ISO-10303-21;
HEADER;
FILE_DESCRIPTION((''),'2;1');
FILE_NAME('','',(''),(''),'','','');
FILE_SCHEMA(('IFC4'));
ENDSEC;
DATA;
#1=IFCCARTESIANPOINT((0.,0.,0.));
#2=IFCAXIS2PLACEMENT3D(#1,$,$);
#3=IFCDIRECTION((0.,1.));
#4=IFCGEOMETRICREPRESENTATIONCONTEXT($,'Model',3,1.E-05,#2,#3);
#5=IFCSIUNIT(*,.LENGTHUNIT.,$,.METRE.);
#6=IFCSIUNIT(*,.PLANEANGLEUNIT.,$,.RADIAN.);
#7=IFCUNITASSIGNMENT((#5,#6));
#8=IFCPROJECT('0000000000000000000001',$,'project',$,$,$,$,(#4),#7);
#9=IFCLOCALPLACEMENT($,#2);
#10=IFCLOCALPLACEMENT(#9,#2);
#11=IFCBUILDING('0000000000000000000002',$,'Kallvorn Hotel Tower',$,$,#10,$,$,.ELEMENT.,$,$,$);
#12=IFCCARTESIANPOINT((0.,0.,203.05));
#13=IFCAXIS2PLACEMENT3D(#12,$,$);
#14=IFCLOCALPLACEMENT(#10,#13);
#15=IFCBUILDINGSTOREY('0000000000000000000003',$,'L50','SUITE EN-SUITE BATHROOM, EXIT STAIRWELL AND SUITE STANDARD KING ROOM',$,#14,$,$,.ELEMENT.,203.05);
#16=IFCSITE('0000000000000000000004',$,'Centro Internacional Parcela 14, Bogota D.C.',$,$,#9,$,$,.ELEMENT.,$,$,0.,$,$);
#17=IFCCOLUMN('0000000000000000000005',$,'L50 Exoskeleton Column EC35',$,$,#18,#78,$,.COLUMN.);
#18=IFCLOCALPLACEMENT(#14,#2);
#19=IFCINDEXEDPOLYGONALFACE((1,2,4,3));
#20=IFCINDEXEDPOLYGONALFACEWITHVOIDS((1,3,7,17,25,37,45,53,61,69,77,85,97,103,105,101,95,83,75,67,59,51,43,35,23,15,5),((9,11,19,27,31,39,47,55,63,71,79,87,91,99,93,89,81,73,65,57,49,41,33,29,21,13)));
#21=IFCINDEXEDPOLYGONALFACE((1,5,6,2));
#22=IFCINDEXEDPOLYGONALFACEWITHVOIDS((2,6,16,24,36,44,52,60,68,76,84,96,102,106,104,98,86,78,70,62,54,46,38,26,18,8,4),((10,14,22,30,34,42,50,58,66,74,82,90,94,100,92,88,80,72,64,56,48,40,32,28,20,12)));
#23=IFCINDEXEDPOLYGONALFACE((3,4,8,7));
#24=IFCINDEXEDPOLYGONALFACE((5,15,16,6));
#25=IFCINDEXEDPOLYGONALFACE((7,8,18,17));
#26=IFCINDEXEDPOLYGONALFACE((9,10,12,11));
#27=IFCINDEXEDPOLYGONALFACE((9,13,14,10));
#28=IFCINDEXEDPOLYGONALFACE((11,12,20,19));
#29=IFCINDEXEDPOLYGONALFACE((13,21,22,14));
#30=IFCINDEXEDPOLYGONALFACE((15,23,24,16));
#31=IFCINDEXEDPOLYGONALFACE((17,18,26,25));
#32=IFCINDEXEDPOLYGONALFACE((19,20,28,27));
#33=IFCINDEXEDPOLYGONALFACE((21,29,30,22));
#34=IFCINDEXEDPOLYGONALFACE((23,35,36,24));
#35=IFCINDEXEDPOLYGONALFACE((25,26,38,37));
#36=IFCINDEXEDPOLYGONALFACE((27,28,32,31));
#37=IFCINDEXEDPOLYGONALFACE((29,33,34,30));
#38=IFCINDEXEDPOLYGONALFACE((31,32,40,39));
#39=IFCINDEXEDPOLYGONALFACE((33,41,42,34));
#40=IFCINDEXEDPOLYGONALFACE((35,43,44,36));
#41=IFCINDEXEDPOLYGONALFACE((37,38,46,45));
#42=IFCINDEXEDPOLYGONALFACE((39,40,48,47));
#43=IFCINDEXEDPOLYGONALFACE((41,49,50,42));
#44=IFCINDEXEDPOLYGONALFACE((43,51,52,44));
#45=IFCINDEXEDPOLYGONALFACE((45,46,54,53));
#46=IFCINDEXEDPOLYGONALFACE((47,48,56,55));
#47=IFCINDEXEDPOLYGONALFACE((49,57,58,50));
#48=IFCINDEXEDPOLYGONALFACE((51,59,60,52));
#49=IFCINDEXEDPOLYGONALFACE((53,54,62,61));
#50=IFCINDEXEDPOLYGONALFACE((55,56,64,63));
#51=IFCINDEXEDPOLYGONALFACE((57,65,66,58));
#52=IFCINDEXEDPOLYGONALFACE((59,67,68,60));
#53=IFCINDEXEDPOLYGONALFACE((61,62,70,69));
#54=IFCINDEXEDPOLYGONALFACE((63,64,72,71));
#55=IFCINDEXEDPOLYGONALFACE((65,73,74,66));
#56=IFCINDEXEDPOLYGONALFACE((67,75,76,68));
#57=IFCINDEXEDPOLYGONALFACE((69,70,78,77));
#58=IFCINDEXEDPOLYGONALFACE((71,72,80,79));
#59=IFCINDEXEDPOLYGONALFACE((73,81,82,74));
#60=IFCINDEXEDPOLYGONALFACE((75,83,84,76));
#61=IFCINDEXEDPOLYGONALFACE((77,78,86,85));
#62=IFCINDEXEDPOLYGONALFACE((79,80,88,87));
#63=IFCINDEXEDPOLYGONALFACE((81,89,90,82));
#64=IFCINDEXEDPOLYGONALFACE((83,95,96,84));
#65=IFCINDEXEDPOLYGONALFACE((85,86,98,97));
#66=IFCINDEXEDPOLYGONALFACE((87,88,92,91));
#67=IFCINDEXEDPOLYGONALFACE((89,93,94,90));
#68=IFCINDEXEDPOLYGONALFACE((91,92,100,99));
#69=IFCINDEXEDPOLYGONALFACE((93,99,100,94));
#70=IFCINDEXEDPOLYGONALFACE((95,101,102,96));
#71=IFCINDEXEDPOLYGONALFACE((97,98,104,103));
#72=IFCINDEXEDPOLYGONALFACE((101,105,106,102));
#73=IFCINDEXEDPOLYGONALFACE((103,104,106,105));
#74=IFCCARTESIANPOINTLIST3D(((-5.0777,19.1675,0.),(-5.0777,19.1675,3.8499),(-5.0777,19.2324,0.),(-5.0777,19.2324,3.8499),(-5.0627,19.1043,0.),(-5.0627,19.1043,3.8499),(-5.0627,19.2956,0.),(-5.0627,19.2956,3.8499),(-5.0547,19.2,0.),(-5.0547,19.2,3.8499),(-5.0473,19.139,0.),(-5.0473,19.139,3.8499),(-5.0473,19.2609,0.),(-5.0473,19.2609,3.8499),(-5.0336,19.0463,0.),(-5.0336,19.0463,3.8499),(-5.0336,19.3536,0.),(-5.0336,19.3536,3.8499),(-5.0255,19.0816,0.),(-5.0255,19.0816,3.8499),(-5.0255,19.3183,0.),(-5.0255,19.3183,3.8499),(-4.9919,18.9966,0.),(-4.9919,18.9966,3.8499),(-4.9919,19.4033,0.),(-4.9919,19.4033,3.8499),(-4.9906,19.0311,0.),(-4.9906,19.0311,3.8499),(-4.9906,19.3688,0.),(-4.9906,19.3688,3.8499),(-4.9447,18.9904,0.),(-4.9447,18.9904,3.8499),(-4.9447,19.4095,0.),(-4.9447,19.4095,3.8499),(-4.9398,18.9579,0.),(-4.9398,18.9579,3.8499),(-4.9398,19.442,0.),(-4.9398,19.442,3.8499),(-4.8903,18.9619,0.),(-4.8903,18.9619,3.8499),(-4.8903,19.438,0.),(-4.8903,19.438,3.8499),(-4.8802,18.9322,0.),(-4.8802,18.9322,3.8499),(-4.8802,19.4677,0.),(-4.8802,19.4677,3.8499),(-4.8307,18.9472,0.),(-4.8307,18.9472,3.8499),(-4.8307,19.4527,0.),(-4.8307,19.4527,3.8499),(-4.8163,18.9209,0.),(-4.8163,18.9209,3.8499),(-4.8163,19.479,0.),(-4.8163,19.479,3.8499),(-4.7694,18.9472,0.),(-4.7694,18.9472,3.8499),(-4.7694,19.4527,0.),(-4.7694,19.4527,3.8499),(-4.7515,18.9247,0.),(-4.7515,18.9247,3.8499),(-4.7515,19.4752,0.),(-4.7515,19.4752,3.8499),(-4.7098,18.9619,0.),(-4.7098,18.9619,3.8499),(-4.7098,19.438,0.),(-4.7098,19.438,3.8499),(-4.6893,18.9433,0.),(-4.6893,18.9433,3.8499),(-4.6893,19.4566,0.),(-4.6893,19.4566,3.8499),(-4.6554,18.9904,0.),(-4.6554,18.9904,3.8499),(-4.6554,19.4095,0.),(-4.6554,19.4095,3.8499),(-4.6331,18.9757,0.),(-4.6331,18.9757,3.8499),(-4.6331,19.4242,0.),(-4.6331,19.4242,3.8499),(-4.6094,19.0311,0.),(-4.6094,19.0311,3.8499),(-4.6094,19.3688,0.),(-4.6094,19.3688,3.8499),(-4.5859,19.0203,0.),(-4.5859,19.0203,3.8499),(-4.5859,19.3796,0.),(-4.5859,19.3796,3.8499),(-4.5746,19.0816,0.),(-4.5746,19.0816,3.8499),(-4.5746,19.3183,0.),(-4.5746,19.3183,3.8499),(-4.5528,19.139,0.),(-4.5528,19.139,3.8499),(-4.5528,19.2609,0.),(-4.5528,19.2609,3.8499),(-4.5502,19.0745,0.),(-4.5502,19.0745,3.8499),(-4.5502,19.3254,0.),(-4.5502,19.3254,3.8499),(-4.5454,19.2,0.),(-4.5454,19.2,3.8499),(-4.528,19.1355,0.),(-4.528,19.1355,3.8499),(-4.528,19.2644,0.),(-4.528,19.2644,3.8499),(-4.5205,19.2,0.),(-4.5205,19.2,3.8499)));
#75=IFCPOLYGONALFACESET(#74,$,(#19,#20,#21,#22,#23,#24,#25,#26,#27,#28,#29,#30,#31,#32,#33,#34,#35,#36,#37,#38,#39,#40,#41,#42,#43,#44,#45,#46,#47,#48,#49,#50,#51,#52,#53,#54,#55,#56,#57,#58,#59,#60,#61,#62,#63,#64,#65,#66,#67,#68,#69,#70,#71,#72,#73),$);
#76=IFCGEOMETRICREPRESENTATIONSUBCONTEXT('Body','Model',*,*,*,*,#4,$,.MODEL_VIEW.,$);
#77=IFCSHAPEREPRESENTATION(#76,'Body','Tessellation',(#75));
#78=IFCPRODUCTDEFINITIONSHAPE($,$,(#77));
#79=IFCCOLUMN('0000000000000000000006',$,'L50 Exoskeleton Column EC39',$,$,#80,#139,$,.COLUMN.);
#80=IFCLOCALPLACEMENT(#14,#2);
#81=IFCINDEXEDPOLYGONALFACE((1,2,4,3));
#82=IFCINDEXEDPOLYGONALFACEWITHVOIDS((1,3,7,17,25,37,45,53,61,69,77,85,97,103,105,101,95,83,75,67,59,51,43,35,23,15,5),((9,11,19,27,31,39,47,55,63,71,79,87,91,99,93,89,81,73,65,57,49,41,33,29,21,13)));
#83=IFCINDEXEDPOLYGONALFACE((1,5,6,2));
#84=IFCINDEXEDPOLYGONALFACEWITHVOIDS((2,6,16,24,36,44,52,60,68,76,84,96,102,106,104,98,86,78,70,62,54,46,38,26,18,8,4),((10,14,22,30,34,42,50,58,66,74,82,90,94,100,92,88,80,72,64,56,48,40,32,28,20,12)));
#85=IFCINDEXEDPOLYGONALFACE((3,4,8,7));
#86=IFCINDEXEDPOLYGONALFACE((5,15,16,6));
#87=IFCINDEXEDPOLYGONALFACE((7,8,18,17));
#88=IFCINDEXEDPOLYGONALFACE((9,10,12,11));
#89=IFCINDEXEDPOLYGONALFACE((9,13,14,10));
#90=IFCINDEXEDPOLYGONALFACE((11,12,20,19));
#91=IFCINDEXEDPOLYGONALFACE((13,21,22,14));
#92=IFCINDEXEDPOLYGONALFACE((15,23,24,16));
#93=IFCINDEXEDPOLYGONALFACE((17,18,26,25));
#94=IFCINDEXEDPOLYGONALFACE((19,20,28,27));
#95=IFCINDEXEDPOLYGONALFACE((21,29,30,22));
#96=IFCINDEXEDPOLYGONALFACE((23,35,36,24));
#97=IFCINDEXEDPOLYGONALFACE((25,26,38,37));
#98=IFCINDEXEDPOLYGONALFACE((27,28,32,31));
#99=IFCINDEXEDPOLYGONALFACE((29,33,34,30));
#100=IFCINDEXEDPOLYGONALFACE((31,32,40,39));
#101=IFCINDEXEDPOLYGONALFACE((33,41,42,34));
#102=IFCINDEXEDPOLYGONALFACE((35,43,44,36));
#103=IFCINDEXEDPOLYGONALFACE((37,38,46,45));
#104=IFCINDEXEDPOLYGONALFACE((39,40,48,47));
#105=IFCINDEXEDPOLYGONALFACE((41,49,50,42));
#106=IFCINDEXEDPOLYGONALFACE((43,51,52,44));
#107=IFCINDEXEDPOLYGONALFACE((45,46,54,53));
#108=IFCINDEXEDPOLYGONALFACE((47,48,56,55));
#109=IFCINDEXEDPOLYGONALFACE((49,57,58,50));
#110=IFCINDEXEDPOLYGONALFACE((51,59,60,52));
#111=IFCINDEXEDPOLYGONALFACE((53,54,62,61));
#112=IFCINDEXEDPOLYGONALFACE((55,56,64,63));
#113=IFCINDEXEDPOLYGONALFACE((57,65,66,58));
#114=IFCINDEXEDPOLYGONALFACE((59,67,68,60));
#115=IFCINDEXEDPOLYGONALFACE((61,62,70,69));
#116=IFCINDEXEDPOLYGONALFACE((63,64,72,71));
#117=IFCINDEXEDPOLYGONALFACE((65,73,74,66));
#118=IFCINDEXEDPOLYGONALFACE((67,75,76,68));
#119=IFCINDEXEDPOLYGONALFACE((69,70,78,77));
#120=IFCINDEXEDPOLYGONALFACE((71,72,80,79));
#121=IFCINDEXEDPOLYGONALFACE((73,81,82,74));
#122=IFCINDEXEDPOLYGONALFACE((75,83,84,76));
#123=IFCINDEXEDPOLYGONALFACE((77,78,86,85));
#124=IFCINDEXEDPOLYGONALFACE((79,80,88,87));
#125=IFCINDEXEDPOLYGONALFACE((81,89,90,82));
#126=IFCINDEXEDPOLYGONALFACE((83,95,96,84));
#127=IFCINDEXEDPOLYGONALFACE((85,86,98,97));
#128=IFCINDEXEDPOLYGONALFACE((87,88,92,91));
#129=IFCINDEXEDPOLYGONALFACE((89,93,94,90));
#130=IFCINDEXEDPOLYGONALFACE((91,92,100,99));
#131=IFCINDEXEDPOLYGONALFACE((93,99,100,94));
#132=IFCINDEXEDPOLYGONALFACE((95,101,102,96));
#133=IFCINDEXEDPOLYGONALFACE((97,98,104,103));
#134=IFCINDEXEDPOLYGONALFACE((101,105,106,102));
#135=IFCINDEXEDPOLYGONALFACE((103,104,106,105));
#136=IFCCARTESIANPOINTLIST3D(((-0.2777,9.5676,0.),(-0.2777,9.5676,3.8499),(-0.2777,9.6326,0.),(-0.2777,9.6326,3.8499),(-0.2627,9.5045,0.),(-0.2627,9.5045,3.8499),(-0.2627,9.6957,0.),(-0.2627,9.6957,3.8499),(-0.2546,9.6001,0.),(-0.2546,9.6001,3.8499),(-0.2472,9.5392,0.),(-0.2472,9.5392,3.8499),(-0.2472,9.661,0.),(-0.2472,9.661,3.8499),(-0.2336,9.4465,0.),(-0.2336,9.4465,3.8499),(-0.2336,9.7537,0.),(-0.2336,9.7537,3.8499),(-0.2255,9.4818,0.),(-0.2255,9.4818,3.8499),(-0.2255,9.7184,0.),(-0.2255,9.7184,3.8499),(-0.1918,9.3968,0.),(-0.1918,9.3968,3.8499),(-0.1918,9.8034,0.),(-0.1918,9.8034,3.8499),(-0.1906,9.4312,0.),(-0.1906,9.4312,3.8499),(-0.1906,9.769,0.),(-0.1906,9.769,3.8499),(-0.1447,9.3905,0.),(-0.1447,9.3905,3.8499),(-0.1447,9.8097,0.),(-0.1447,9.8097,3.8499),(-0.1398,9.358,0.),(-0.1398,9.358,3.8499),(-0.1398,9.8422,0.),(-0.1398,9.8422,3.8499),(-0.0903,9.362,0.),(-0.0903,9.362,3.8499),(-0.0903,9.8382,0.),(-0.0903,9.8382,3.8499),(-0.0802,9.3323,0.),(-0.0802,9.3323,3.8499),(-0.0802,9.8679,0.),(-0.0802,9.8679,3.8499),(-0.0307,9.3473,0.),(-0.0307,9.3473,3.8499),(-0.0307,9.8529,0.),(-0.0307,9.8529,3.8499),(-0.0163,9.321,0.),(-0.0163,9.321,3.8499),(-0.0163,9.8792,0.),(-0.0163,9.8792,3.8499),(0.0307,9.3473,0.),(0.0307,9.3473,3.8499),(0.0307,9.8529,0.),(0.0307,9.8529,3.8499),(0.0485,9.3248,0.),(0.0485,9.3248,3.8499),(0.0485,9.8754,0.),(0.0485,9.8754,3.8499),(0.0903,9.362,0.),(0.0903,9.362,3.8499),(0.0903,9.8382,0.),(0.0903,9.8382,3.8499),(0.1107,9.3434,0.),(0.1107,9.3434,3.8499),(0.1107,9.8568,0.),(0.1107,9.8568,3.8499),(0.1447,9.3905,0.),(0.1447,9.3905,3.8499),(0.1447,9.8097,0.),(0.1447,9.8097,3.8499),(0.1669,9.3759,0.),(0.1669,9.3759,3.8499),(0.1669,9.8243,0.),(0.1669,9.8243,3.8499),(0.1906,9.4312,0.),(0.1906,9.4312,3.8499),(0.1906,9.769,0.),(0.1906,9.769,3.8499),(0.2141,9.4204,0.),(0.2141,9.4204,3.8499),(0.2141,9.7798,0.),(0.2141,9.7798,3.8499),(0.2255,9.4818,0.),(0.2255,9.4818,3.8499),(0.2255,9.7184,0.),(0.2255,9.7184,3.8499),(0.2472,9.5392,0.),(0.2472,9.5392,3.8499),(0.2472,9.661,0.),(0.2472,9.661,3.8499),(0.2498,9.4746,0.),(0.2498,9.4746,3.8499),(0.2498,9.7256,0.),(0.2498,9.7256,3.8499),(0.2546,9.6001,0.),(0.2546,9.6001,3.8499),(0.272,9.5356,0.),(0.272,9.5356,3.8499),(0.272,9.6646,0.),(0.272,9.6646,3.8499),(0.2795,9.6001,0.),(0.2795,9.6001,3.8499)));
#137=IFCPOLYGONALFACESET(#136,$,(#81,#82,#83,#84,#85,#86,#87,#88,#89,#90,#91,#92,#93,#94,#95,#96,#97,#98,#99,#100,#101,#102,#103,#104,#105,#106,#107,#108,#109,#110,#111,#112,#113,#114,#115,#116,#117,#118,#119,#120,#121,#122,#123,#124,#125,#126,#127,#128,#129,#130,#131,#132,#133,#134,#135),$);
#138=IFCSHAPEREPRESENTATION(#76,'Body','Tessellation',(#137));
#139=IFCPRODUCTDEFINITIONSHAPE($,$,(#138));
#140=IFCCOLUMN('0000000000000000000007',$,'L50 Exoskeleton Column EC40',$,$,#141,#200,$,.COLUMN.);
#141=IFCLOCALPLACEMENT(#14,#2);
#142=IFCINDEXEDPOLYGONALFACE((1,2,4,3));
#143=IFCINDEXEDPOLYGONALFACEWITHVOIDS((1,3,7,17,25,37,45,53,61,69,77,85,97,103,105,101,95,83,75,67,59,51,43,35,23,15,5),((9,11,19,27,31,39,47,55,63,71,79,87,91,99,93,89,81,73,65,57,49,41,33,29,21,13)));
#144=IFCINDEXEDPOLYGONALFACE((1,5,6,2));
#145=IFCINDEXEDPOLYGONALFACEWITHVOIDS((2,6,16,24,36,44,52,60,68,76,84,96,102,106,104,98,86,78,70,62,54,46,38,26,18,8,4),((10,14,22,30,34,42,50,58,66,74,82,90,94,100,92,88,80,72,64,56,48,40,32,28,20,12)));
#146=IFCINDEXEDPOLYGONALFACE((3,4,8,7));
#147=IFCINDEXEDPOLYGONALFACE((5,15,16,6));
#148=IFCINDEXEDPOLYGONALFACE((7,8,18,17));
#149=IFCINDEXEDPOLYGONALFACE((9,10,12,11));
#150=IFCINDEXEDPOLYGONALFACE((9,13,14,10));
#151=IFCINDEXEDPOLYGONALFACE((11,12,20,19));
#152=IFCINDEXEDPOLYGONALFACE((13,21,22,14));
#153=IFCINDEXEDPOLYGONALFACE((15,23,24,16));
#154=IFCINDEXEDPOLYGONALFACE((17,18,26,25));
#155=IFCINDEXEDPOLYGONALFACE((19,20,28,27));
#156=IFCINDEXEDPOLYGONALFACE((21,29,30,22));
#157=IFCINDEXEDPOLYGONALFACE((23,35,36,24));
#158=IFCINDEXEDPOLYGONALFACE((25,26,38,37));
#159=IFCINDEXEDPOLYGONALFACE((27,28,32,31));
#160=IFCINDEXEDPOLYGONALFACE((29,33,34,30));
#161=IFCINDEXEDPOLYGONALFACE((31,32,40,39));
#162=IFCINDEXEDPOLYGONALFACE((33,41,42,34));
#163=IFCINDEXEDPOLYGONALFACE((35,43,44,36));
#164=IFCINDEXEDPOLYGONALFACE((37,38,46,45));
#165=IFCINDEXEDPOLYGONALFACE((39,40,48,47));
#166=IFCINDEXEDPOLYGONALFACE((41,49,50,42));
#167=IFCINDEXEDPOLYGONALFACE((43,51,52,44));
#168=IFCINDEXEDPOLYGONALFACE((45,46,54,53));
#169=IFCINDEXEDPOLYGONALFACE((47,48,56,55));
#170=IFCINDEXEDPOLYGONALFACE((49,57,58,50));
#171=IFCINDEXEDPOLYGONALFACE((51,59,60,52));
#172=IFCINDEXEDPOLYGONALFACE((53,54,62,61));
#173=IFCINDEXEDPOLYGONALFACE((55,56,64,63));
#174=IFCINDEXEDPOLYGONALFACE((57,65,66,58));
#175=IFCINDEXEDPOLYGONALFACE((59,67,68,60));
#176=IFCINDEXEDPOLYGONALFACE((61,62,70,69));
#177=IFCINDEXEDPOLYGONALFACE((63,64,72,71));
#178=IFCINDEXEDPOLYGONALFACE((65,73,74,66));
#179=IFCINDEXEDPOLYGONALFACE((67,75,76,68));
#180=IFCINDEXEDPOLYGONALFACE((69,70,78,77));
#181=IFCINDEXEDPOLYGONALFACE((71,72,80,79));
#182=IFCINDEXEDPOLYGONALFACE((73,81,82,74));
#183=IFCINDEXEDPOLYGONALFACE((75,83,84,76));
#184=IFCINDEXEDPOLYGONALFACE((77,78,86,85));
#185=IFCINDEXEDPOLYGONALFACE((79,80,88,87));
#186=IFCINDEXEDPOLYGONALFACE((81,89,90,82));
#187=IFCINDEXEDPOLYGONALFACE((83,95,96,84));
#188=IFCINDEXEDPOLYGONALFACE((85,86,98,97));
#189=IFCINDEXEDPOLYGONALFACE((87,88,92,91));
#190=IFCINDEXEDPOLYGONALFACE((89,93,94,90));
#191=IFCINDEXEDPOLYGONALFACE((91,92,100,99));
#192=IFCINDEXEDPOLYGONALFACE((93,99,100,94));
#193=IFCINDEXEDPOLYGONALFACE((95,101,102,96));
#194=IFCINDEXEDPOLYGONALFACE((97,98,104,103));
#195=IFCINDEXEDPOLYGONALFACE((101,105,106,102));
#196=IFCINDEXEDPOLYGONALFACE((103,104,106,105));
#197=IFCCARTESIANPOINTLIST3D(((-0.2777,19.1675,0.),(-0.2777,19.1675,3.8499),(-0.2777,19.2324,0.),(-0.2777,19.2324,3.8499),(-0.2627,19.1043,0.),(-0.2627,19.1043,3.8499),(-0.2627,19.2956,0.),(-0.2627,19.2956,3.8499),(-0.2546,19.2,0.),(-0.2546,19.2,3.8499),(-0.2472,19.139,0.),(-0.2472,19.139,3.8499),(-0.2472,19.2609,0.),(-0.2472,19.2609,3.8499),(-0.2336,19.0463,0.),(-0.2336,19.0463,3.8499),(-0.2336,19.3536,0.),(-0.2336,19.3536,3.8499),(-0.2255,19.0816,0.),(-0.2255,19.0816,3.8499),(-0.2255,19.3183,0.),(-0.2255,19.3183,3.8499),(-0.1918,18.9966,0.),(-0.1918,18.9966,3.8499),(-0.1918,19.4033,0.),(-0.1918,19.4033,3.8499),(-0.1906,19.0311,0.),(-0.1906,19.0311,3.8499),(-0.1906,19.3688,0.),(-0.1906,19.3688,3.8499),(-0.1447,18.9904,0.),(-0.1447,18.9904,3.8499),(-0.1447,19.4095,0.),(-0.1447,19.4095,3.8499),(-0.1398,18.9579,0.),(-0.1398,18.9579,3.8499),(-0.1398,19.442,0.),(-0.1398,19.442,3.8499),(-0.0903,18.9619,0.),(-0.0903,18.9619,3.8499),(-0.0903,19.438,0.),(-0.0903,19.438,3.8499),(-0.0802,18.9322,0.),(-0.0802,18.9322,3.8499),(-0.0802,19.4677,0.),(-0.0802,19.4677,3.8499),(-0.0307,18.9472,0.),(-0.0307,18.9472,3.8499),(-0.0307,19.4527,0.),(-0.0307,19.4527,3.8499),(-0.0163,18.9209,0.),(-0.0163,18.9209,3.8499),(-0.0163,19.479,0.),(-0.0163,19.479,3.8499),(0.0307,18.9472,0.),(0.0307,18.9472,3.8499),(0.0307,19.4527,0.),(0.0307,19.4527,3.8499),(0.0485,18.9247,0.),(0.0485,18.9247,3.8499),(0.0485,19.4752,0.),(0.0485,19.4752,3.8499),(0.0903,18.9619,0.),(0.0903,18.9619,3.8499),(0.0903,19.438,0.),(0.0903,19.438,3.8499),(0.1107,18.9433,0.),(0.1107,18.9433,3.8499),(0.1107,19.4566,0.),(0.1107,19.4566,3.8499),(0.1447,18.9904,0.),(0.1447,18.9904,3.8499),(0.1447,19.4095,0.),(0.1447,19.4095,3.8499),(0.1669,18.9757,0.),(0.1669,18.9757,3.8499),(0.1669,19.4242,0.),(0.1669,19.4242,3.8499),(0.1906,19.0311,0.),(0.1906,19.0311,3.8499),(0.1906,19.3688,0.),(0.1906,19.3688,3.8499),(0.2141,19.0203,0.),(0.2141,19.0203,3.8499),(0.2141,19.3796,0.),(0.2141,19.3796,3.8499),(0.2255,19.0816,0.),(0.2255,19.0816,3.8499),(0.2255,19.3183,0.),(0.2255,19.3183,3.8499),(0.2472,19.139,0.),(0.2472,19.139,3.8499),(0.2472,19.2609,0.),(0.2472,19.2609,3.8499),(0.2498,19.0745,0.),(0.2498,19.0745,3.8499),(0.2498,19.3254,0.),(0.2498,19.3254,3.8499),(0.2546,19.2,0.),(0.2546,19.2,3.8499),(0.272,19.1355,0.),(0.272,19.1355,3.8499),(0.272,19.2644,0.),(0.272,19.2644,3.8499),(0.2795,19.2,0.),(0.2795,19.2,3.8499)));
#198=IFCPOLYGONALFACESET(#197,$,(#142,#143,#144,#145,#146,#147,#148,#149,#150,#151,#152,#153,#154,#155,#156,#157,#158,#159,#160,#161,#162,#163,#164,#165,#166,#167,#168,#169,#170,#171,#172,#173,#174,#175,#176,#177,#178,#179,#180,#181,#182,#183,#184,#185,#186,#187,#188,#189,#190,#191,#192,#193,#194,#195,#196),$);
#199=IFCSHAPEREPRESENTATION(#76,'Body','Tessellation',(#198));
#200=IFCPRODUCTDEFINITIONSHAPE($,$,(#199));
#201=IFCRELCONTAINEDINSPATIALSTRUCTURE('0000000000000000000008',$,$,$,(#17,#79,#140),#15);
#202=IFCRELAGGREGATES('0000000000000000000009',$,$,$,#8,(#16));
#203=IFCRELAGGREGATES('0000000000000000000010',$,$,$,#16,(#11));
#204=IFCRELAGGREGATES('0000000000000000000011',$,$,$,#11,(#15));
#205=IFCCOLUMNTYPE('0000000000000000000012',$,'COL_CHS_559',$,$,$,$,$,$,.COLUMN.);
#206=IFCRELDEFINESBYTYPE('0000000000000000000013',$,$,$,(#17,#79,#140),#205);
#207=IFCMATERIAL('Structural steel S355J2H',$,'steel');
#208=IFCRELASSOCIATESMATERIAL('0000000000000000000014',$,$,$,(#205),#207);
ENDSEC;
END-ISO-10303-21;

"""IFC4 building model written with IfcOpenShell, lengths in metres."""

from ifc_helpers import new_model, si_unit, direction, frame, origin, origin_2d, place, context, subcontext, project, spatial, hollow_circle, extrude, material, material_profile, profile_set, type_object, element, save


model = new_model("IFC4")

# Units and contexts
model_context = context("Model", 3, precision=1e-05, world=origin(), true_north=direction((0.0, 1.0)))
body_context = subcontext(model_context, "Body", "Model", "MODEL_VIEW")
ifc_project = project(units=[si_unit("LENGTHUNIT", "METRE"), si_unit("PLANEANGLEUNIT", "RADIAN")], contexts=[model_context])

# Site, building, storey
site_placement = place(None, origin())
site = spatial("IfcSite", under=ifc_project, at=site_placement, Name="Centro Internacional Parcela 14, Bogota D.C.", CompositionType="ELEMENT", RefElevation=0.0)
building_placement = place(site_placement, origin())
building = spatial("IfcBuilding", under=site, at=building_placement, Name="Kallvorn Hotel Tower", CompositionType="ELEMENT")
storey_placement = place(building_placement, frame((0.0, 0.0, 203.05)))
storey = spatial("IfcBuildingStorey", under=building, at=storey_placement, Name="L50", Description="SUITE EN-SUITE BATHROOM, EXIT STAIRWELL AND SUITE STANDARD KING ROOM", CompositionType="ELEMENT", Elevation=203.05)

# Columns
ifc_material_1 = material(Name="Structural steel S355J2H", Category="steel")
ifc_material_profile_1 = material_profile(ifc_material_1, hollow_circle(Radius=0.2795, WallThickness=0.0249, at=origin_2d()), Name="CHS 559x25")
ifc_profile_set_1 = profile_set([ifc_material_profile_1], Name="Structural steel S355J2H")
column_type_1 = type_object("IfcColumnType", Name="COL_CHS_559", PredefinedType="COLUMN", material=ifc_profile_set_1)
for number, where, z_axis, x_axis, name in (
    (1, (-4.8, 19.2, 0.0), (0.0, 0.0, 1.0), (1.0, 0.0, 0.0), "L50 Exoskeleton Column EC35"),
    (2, (0.0, 9.6001, 0.0), (0.0, 0.0, 1.0), (1.0, 0.0, 0.0), "L50 Exoskeleton Column EC39"),
    (3, (0.0, 19.2, 0.0), (0.0, 0.0, 1.0), (1.0, 0.0, 0.0), "L50 Exoskeleton Column EC40"),
):
    element("IfcColumn", number, at=place(storey_placement, frame(where, z_axis=z_axis, x_axis=x_axis)), inside=storey, type_object=column_type_1, Name=name, PredefinedType="COLUMN", context=body_context, shape_type="SweptSolid", body=[
        extrude(hollow_circle(Radius=0.2795, WallThickness=0.0249, at=origin_2d()), origin(), (0.0, 0.0, 1.0), 3.8499),
    ])

save(model, "model.ifc")
